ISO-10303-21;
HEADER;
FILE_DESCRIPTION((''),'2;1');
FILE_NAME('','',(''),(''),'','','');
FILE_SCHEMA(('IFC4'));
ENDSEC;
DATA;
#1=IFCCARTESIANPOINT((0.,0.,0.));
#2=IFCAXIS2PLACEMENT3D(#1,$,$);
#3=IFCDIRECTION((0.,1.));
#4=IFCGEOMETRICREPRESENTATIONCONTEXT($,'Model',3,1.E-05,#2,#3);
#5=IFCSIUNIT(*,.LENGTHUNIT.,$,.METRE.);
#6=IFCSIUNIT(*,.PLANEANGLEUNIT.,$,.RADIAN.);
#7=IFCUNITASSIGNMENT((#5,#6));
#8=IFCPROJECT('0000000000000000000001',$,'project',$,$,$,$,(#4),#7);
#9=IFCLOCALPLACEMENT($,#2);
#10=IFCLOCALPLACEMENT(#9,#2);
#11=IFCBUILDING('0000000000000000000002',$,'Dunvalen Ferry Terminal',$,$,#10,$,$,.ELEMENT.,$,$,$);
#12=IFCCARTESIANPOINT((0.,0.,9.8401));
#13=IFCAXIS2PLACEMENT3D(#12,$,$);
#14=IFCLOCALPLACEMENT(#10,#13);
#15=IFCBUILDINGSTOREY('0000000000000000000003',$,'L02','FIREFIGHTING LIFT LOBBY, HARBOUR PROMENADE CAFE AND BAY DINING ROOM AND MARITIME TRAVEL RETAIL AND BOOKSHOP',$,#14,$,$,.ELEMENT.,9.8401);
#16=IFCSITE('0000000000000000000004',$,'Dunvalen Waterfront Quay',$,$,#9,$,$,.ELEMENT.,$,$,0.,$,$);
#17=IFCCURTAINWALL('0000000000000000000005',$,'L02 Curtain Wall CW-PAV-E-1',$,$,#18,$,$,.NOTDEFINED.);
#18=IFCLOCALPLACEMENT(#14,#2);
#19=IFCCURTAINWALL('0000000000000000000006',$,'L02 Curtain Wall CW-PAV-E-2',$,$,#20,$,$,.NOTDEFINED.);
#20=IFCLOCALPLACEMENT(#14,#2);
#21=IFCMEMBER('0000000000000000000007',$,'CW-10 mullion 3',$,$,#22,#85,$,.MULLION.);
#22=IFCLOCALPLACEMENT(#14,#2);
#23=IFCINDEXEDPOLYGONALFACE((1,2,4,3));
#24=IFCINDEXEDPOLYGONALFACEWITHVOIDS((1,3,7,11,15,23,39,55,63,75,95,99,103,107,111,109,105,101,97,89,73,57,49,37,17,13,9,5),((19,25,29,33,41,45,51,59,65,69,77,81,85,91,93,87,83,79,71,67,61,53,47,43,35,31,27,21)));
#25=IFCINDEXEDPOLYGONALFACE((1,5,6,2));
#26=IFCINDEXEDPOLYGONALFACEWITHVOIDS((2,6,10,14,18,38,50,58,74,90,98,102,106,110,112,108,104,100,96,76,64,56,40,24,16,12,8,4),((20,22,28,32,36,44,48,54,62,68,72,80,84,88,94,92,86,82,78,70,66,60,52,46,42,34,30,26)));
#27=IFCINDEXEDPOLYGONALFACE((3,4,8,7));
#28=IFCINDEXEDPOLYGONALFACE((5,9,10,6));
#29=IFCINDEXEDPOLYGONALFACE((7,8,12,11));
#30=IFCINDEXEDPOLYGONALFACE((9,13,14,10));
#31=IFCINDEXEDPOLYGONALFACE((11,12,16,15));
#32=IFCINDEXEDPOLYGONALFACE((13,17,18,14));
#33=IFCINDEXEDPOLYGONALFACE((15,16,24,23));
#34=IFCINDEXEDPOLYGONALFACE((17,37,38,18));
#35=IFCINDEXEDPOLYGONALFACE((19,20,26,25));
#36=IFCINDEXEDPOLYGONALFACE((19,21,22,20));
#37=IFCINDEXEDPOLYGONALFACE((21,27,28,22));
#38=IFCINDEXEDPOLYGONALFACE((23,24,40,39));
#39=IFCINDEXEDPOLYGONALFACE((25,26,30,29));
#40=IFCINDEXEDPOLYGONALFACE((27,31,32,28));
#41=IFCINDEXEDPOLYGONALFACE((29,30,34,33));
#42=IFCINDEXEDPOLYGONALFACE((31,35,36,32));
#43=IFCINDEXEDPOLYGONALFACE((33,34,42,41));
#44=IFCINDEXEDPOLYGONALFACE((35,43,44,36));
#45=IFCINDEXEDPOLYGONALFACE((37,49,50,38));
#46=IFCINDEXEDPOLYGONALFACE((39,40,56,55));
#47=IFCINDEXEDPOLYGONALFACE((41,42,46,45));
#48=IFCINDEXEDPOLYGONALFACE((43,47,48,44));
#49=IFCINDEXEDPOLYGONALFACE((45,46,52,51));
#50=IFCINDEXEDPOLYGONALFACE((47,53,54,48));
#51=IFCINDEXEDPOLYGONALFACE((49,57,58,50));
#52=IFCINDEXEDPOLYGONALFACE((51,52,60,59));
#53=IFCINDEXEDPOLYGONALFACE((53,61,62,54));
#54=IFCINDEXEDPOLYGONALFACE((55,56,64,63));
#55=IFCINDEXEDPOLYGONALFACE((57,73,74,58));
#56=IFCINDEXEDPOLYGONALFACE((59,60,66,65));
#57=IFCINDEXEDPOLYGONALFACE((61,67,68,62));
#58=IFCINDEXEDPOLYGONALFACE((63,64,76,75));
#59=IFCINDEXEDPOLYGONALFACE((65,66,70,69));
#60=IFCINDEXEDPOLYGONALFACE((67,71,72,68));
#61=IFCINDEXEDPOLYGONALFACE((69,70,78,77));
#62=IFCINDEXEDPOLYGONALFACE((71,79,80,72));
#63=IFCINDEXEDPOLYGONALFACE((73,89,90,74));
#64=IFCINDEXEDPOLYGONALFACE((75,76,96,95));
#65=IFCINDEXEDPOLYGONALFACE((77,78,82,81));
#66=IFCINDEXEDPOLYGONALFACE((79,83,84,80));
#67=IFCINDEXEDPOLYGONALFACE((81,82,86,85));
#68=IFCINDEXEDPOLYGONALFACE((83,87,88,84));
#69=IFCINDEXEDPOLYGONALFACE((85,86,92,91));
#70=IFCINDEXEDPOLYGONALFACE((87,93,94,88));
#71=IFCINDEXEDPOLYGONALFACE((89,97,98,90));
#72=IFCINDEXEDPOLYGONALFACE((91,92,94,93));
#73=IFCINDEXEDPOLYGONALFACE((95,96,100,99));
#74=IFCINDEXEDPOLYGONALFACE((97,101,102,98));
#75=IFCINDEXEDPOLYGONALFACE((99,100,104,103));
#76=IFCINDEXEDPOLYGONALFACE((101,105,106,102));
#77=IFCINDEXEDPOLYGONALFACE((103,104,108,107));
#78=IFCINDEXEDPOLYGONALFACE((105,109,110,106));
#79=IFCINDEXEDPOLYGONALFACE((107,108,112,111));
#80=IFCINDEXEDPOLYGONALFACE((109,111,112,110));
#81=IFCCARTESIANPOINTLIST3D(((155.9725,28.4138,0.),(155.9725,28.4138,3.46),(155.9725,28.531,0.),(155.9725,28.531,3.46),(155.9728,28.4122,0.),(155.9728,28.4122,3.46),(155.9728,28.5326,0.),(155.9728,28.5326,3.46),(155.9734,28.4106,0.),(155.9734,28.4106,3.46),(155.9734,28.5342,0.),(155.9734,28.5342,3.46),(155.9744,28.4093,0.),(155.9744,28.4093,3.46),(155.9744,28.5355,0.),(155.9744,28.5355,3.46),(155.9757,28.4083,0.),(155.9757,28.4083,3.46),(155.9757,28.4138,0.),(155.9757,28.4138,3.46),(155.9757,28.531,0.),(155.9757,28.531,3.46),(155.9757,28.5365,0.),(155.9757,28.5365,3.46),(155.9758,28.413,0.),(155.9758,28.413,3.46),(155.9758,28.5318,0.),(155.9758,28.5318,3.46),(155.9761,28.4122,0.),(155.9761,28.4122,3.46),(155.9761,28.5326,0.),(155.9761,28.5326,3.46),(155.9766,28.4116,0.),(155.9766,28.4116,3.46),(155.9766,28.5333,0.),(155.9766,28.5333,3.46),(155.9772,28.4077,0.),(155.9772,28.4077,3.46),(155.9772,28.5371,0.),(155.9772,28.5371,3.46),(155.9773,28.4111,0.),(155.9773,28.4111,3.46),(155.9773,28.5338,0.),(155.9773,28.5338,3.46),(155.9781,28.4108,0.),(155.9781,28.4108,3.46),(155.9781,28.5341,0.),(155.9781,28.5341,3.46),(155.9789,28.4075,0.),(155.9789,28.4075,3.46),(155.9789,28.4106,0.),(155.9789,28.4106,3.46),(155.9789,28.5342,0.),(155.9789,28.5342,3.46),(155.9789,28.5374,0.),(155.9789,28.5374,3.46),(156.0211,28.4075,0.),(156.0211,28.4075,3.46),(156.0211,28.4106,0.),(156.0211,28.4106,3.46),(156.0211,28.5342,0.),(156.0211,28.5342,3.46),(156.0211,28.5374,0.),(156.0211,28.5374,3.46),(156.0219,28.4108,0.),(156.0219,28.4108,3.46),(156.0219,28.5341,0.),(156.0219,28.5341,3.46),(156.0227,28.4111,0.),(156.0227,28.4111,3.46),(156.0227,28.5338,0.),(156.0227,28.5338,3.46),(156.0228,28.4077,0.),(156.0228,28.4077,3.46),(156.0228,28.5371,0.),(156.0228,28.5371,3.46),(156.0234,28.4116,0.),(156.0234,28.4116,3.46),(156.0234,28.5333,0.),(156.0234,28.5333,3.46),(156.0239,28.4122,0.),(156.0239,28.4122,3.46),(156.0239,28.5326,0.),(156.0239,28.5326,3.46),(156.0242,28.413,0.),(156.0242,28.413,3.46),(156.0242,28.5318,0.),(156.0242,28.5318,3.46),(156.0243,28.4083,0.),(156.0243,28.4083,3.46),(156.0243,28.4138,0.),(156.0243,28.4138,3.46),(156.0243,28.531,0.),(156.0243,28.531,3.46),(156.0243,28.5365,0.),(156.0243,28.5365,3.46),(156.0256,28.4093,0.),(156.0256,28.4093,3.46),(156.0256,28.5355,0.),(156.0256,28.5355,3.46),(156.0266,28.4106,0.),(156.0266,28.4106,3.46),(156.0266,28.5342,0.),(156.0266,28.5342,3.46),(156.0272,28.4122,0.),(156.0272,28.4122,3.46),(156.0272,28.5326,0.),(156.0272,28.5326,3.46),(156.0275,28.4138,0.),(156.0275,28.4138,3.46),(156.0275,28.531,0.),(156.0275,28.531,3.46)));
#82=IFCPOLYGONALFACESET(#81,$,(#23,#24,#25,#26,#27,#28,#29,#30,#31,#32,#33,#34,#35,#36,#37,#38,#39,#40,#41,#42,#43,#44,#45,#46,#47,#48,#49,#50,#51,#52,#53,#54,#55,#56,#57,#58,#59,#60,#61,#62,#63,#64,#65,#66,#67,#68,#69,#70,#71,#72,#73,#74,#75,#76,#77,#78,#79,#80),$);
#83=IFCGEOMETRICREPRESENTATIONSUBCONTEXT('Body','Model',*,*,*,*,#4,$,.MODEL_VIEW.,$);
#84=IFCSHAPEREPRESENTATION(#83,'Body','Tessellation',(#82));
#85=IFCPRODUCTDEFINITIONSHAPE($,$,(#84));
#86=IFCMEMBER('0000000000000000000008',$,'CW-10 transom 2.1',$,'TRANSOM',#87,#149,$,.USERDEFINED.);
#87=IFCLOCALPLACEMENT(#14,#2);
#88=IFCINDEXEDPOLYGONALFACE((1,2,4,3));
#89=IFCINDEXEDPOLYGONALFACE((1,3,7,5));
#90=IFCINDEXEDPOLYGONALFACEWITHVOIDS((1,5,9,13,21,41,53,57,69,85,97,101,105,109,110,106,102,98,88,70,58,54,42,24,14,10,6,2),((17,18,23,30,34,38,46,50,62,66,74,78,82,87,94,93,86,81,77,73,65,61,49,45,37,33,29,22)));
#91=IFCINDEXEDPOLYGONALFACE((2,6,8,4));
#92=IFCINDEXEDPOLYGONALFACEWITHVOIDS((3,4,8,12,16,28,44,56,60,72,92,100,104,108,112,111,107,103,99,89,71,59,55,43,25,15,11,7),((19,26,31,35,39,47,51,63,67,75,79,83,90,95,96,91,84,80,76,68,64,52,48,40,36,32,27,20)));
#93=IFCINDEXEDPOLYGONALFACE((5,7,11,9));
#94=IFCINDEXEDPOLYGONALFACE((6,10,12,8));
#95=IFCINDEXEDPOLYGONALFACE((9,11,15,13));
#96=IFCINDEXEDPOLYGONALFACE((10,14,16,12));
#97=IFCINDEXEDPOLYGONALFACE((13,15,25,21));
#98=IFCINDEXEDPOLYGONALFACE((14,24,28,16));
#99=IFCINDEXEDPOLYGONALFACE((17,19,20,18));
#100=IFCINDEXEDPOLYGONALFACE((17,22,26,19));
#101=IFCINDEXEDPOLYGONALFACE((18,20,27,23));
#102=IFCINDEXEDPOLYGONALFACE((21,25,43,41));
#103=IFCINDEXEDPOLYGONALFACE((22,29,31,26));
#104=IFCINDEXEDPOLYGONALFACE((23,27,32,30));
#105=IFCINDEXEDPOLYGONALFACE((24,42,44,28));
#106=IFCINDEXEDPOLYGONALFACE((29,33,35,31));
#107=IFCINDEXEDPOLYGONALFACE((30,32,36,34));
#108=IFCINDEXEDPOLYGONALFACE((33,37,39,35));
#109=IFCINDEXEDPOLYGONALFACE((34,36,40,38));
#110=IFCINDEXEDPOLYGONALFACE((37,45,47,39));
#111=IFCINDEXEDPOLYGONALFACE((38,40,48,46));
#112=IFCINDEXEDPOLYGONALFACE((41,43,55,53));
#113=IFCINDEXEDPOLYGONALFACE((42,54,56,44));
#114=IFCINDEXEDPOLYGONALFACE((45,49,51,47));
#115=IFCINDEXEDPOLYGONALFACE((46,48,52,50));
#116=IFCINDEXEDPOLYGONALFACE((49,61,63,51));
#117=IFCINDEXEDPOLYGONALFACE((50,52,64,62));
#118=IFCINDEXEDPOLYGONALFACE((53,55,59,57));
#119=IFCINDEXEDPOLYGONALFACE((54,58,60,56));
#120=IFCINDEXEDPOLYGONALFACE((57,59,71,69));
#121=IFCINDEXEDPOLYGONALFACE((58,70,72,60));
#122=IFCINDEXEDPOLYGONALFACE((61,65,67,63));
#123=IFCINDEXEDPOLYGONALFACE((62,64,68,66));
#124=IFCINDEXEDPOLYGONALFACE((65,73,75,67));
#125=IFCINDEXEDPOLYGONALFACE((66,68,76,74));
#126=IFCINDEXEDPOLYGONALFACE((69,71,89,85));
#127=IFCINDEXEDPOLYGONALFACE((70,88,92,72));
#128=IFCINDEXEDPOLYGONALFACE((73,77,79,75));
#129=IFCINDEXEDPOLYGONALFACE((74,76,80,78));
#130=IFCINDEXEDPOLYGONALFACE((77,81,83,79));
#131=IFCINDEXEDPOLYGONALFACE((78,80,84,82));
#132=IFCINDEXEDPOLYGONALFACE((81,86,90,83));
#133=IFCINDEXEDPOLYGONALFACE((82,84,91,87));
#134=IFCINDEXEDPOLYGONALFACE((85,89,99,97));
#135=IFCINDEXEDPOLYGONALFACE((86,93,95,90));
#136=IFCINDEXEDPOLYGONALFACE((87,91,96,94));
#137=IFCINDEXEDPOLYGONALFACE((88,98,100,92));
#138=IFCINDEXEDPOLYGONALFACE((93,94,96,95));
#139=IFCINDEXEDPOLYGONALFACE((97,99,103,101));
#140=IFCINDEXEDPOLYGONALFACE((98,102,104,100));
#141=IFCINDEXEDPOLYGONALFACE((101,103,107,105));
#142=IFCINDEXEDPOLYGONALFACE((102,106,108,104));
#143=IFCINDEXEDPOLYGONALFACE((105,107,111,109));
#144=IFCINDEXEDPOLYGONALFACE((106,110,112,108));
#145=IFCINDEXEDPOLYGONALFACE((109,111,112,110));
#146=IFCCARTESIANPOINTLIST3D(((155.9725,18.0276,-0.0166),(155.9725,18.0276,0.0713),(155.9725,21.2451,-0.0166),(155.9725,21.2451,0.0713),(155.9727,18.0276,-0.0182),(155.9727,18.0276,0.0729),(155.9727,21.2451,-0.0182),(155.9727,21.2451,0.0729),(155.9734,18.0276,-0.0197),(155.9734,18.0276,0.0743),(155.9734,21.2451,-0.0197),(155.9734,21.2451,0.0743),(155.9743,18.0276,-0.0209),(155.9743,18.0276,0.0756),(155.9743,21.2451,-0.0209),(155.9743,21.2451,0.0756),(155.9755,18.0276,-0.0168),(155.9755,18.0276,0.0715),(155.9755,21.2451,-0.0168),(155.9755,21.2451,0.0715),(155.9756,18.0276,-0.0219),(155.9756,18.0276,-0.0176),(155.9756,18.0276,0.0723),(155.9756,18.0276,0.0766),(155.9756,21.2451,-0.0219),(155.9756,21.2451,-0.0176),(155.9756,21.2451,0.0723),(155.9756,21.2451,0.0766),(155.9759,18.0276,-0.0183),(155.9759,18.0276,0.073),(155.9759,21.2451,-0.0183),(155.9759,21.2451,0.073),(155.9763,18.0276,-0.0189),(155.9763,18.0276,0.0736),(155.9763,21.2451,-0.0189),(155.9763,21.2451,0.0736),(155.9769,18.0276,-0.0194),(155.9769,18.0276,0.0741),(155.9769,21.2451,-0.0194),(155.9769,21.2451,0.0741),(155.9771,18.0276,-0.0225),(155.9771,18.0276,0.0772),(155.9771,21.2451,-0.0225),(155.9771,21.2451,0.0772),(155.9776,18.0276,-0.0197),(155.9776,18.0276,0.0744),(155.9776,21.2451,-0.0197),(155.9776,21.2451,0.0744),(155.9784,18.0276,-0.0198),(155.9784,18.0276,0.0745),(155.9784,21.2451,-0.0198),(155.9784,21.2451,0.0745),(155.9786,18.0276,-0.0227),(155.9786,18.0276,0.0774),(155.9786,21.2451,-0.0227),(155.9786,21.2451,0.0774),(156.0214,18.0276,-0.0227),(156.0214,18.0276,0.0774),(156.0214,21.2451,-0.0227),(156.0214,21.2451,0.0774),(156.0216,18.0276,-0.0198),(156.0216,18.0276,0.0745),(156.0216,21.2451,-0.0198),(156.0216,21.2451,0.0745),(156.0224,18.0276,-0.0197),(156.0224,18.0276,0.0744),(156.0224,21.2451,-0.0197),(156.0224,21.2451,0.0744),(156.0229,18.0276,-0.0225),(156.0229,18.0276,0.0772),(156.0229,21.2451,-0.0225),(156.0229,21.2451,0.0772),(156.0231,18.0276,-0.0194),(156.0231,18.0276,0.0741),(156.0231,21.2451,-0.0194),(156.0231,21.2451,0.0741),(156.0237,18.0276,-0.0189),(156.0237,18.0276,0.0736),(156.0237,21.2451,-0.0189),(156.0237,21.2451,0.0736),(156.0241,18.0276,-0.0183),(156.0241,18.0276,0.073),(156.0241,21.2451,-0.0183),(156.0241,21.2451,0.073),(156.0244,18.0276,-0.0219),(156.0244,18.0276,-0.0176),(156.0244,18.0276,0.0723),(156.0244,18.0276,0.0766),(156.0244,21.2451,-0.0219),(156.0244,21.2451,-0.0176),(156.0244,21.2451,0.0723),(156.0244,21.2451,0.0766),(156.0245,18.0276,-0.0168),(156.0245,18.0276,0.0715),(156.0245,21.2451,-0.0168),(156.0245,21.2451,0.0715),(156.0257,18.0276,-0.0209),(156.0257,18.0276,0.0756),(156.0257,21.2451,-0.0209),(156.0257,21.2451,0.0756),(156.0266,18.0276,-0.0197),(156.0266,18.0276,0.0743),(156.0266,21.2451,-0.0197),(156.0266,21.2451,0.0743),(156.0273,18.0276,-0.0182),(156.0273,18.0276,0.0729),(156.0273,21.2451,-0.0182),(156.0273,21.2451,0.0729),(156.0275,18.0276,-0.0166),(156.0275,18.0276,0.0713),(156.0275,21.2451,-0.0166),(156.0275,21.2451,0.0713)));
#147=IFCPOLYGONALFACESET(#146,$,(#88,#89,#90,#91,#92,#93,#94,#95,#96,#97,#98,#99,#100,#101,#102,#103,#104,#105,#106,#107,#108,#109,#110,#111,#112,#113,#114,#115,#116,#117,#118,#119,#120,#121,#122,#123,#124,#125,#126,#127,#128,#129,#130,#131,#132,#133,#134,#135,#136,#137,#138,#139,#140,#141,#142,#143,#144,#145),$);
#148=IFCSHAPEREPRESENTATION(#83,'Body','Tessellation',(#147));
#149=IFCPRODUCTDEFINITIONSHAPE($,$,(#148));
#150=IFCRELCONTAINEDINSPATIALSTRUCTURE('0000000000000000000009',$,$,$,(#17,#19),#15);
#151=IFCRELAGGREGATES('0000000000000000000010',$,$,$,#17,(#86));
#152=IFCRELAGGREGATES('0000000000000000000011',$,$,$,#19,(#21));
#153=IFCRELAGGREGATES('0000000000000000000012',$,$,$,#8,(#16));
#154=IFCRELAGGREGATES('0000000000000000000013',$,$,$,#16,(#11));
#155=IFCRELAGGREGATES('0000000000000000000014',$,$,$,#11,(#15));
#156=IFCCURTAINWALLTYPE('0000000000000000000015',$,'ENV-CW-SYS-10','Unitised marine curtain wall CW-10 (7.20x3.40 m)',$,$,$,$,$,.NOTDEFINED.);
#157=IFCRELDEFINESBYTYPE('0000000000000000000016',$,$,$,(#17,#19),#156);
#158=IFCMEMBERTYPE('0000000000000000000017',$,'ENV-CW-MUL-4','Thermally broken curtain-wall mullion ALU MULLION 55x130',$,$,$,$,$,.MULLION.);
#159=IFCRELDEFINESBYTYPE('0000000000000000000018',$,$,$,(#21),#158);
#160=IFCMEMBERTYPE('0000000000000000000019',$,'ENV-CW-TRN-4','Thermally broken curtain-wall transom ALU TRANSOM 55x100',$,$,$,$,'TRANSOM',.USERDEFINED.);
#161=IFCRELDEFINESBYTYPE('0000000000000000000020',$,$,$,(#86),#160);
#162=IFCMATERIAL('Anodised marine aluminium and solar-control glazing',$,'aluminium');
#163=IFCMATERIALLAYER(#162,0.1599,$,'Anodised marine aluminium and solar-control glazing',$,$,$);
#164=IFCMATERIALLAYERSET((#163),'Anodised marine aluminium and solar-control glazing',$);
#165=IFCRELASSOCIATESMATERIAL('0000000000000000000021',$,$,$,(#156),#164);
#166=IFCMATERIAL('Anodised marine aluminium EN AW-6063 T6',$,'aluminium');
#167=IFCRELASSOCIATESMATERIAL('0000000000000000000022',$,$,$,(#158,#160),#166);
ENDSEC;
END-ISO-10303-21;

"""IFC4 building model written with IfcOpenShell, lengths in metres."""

from ifc_helpers import new_model, si_unit, direction, frame, origin, origin_2d, place, context, subcontext, project, spatial, hollow_rectangle, extrude, material, layer, layer_set, material_profile, profile_set, type_object, element, aggregate, save


model = new_model("IFC4")

# Units and contexts
model_context = context("Model", 3, precision=1e-05, world=origin(), true_north=direction((0.0, 1.0)))
body_context = subcontext(model_context, "Body", "Model", "MODEL_VIEW")
ifc_project = project(units=[si_unit("LENGTHUNIT", "METRE"), si_unit("PLANEANGLEUNIT", "RADIAN")], contexts=[model_context])

# Site, building, storey
site_placement = place(None, origin())
site = spatial("IfcSite", under=ifc_project, at=site_placement, Name="Dunvalen Waterfront Quay", CompositionType="ELEMENT", RefElevation=0.0)
building_placement = place(site_placement, origin())
building = spatial("IfcBuilding", under=site, at=building_placement, Name="Dunvalen Ferry Terminal", CompositionType="ELEMENT")
storey_placement = place(building_placement, frame((0.0, 0.0, 9.8401)))
storey = spatial("IfcBuildingStorey", under=building, at=storey_placement, Name="L02", Description="FIREFIGHTING LIFT LOBBY, HARBOUR PROMENADE CAFE AND BAY DINING ROOM AND MARITIME TRAVEL RETAIL AND BOOKSHOP", CompositionType="ELEMENT", Elevation=9.8401)

# Curtain wall
ifc_material_1 = material(Name="Anodised marine aluminium and solar-control glazing", Category="aluminium")
ifc_layer_1 = layer(ifc_material_1, 0.1599, Name="Anodised marine aluminium and solar-control glazing")
ifc_layer_set_1 = layer_set([ifc_layer_1], Name="Anodised marine aluminium and solar-control glazing")
curtain_wall_type = type_object("IfcCurtainWallType", Name="ENV-CW-SYS-10", Description="Unitised marine curtain wall CW-10 (7.20x3.40 m)", PredefinedType="NOTDEFINED", material=ifc_layer_set_1)
curtain_wall_1_placement = place(storey_placement, origin())
curtain_wall_1 = element("IfcCurtainWall", 1, at=curtain_wall_1_placement, inside=storey, type_object=curtain_wall_type, Name="L02 Curtain Wall CW-PAV-E-1", PredefinedType="NOTDEFINED")
ifc_material_2 = material(Name="Anodised marine aluminium EN AW-6063 T6", Category="aluminium")
ifc_material_profile_1 = material_profile(ifc_material_2, hollow_rectangle(XDim=0.0549, YDim=0.1299, WallThickness=0.0032, InnerFilletRadius=0.0032, OuterFilletRadius=0.0063, at=origin_2d()), Name="Anodised marine aluminium EN AW-6063 T6")
ifc_profile_set_1 = profile_set([ifc_material_profile_1], Name="Anodised marine aluminium EN AW-6063 T6")
member_type_1 = type_object("IfcMemberType", Name="ENV-CW-MUL-4", Description="Thermally broken curtain-wall mullion ALU MULLION 55x130", PredefinedType="MULLION", material=ifc_profile_set_1)

# Curtain wall, member
curtain_wall_2_placement = place(storey_placement, origin())
curtain_wall_2 = element("IfcCurtainWall", 2, at=curtain_wall_2_placement, inside=storey, type_object=curtain_wall_type, Name="L02 Curtain Wall CW-PAV-E-2", PredefinedType="NOTDEFINED")
member_1_placement = place(storey_placement, frame((156.0, 28.4724, 0.0), z_axis=(0.0, 0.0, 1.0), x_axis=(-1.0, 0.0, 0.0)))
member_1 = element("IfcMember", 3, at=member_1_placement, type_object=member_type_1, Name="CW-10 mullion 3", PredefinedType="MULLION", context=body_context, shape_type="SweptSolid", body=[
    extrude(hollow_rectangle(XDim=0.0549, YDim=0.1299, WallThickness=0.0032, InnerFilletRadius=0.0032, OuterFilletRadius=0.0063, at=origin_2d()), origin(), (0.0, 0.0, 1.0), 3.46),
])

# Member
ifc_material_profile_2 = material_profile(ifc_material_2, hollow_rectangle(XDim=0.0549, YDim=0.1001, WallThickness=0.0029, InnerFilletRadius=0.0029, OuterFilletRadius=0.0061, at=origin_2d()), Name="Anodised marine aluminium EN AW-6063 T6")
ifc_profile_set_2 = profile_set([ifc_material_profile_2], Name="Anodised marine aluminium EN AW-6063 T6")
member_type_2 = type_object("IfcMemberType", Name="ENV-CW-TRN-4", Description="Thermally broken curtain-wall transom ALU TRANSOM 55x100", ElementType="TRANSOM", PredefinedType="USERDEFINED", material=ifc_profile_set_2)
member_2_placement = place(storey_placement, frame((156.0, 18.0276, 0.0273), z_axis=(0.0, 1.0, 0.0), x_axis=(-1.0, 0.0, 0.0)))
member_2 = element("IfcMember", 4, at=member_2_placement, type_object=member_type_2, Name="CW-10 transom 2.1", ObjectType="TRANSOM", PredefinedType="USERDEFINED", context=body_context, shape_type="SweptSolid", body=[
    extrude(hollow_rectangle(XDim=0.0549, YDim=0.1001, WallThickness=0.0029, InnerFilletRadius=0.0029, OuterFilletRadius=0.0061, at=origin_2d()), origin(), (0.0, 0.0, 1.0), 3.2175),
])

aggregate(curtain_wall_1, [member_2])
aggregate(curtain_wall_2, [member_1])

save(model, "model.ifc")
